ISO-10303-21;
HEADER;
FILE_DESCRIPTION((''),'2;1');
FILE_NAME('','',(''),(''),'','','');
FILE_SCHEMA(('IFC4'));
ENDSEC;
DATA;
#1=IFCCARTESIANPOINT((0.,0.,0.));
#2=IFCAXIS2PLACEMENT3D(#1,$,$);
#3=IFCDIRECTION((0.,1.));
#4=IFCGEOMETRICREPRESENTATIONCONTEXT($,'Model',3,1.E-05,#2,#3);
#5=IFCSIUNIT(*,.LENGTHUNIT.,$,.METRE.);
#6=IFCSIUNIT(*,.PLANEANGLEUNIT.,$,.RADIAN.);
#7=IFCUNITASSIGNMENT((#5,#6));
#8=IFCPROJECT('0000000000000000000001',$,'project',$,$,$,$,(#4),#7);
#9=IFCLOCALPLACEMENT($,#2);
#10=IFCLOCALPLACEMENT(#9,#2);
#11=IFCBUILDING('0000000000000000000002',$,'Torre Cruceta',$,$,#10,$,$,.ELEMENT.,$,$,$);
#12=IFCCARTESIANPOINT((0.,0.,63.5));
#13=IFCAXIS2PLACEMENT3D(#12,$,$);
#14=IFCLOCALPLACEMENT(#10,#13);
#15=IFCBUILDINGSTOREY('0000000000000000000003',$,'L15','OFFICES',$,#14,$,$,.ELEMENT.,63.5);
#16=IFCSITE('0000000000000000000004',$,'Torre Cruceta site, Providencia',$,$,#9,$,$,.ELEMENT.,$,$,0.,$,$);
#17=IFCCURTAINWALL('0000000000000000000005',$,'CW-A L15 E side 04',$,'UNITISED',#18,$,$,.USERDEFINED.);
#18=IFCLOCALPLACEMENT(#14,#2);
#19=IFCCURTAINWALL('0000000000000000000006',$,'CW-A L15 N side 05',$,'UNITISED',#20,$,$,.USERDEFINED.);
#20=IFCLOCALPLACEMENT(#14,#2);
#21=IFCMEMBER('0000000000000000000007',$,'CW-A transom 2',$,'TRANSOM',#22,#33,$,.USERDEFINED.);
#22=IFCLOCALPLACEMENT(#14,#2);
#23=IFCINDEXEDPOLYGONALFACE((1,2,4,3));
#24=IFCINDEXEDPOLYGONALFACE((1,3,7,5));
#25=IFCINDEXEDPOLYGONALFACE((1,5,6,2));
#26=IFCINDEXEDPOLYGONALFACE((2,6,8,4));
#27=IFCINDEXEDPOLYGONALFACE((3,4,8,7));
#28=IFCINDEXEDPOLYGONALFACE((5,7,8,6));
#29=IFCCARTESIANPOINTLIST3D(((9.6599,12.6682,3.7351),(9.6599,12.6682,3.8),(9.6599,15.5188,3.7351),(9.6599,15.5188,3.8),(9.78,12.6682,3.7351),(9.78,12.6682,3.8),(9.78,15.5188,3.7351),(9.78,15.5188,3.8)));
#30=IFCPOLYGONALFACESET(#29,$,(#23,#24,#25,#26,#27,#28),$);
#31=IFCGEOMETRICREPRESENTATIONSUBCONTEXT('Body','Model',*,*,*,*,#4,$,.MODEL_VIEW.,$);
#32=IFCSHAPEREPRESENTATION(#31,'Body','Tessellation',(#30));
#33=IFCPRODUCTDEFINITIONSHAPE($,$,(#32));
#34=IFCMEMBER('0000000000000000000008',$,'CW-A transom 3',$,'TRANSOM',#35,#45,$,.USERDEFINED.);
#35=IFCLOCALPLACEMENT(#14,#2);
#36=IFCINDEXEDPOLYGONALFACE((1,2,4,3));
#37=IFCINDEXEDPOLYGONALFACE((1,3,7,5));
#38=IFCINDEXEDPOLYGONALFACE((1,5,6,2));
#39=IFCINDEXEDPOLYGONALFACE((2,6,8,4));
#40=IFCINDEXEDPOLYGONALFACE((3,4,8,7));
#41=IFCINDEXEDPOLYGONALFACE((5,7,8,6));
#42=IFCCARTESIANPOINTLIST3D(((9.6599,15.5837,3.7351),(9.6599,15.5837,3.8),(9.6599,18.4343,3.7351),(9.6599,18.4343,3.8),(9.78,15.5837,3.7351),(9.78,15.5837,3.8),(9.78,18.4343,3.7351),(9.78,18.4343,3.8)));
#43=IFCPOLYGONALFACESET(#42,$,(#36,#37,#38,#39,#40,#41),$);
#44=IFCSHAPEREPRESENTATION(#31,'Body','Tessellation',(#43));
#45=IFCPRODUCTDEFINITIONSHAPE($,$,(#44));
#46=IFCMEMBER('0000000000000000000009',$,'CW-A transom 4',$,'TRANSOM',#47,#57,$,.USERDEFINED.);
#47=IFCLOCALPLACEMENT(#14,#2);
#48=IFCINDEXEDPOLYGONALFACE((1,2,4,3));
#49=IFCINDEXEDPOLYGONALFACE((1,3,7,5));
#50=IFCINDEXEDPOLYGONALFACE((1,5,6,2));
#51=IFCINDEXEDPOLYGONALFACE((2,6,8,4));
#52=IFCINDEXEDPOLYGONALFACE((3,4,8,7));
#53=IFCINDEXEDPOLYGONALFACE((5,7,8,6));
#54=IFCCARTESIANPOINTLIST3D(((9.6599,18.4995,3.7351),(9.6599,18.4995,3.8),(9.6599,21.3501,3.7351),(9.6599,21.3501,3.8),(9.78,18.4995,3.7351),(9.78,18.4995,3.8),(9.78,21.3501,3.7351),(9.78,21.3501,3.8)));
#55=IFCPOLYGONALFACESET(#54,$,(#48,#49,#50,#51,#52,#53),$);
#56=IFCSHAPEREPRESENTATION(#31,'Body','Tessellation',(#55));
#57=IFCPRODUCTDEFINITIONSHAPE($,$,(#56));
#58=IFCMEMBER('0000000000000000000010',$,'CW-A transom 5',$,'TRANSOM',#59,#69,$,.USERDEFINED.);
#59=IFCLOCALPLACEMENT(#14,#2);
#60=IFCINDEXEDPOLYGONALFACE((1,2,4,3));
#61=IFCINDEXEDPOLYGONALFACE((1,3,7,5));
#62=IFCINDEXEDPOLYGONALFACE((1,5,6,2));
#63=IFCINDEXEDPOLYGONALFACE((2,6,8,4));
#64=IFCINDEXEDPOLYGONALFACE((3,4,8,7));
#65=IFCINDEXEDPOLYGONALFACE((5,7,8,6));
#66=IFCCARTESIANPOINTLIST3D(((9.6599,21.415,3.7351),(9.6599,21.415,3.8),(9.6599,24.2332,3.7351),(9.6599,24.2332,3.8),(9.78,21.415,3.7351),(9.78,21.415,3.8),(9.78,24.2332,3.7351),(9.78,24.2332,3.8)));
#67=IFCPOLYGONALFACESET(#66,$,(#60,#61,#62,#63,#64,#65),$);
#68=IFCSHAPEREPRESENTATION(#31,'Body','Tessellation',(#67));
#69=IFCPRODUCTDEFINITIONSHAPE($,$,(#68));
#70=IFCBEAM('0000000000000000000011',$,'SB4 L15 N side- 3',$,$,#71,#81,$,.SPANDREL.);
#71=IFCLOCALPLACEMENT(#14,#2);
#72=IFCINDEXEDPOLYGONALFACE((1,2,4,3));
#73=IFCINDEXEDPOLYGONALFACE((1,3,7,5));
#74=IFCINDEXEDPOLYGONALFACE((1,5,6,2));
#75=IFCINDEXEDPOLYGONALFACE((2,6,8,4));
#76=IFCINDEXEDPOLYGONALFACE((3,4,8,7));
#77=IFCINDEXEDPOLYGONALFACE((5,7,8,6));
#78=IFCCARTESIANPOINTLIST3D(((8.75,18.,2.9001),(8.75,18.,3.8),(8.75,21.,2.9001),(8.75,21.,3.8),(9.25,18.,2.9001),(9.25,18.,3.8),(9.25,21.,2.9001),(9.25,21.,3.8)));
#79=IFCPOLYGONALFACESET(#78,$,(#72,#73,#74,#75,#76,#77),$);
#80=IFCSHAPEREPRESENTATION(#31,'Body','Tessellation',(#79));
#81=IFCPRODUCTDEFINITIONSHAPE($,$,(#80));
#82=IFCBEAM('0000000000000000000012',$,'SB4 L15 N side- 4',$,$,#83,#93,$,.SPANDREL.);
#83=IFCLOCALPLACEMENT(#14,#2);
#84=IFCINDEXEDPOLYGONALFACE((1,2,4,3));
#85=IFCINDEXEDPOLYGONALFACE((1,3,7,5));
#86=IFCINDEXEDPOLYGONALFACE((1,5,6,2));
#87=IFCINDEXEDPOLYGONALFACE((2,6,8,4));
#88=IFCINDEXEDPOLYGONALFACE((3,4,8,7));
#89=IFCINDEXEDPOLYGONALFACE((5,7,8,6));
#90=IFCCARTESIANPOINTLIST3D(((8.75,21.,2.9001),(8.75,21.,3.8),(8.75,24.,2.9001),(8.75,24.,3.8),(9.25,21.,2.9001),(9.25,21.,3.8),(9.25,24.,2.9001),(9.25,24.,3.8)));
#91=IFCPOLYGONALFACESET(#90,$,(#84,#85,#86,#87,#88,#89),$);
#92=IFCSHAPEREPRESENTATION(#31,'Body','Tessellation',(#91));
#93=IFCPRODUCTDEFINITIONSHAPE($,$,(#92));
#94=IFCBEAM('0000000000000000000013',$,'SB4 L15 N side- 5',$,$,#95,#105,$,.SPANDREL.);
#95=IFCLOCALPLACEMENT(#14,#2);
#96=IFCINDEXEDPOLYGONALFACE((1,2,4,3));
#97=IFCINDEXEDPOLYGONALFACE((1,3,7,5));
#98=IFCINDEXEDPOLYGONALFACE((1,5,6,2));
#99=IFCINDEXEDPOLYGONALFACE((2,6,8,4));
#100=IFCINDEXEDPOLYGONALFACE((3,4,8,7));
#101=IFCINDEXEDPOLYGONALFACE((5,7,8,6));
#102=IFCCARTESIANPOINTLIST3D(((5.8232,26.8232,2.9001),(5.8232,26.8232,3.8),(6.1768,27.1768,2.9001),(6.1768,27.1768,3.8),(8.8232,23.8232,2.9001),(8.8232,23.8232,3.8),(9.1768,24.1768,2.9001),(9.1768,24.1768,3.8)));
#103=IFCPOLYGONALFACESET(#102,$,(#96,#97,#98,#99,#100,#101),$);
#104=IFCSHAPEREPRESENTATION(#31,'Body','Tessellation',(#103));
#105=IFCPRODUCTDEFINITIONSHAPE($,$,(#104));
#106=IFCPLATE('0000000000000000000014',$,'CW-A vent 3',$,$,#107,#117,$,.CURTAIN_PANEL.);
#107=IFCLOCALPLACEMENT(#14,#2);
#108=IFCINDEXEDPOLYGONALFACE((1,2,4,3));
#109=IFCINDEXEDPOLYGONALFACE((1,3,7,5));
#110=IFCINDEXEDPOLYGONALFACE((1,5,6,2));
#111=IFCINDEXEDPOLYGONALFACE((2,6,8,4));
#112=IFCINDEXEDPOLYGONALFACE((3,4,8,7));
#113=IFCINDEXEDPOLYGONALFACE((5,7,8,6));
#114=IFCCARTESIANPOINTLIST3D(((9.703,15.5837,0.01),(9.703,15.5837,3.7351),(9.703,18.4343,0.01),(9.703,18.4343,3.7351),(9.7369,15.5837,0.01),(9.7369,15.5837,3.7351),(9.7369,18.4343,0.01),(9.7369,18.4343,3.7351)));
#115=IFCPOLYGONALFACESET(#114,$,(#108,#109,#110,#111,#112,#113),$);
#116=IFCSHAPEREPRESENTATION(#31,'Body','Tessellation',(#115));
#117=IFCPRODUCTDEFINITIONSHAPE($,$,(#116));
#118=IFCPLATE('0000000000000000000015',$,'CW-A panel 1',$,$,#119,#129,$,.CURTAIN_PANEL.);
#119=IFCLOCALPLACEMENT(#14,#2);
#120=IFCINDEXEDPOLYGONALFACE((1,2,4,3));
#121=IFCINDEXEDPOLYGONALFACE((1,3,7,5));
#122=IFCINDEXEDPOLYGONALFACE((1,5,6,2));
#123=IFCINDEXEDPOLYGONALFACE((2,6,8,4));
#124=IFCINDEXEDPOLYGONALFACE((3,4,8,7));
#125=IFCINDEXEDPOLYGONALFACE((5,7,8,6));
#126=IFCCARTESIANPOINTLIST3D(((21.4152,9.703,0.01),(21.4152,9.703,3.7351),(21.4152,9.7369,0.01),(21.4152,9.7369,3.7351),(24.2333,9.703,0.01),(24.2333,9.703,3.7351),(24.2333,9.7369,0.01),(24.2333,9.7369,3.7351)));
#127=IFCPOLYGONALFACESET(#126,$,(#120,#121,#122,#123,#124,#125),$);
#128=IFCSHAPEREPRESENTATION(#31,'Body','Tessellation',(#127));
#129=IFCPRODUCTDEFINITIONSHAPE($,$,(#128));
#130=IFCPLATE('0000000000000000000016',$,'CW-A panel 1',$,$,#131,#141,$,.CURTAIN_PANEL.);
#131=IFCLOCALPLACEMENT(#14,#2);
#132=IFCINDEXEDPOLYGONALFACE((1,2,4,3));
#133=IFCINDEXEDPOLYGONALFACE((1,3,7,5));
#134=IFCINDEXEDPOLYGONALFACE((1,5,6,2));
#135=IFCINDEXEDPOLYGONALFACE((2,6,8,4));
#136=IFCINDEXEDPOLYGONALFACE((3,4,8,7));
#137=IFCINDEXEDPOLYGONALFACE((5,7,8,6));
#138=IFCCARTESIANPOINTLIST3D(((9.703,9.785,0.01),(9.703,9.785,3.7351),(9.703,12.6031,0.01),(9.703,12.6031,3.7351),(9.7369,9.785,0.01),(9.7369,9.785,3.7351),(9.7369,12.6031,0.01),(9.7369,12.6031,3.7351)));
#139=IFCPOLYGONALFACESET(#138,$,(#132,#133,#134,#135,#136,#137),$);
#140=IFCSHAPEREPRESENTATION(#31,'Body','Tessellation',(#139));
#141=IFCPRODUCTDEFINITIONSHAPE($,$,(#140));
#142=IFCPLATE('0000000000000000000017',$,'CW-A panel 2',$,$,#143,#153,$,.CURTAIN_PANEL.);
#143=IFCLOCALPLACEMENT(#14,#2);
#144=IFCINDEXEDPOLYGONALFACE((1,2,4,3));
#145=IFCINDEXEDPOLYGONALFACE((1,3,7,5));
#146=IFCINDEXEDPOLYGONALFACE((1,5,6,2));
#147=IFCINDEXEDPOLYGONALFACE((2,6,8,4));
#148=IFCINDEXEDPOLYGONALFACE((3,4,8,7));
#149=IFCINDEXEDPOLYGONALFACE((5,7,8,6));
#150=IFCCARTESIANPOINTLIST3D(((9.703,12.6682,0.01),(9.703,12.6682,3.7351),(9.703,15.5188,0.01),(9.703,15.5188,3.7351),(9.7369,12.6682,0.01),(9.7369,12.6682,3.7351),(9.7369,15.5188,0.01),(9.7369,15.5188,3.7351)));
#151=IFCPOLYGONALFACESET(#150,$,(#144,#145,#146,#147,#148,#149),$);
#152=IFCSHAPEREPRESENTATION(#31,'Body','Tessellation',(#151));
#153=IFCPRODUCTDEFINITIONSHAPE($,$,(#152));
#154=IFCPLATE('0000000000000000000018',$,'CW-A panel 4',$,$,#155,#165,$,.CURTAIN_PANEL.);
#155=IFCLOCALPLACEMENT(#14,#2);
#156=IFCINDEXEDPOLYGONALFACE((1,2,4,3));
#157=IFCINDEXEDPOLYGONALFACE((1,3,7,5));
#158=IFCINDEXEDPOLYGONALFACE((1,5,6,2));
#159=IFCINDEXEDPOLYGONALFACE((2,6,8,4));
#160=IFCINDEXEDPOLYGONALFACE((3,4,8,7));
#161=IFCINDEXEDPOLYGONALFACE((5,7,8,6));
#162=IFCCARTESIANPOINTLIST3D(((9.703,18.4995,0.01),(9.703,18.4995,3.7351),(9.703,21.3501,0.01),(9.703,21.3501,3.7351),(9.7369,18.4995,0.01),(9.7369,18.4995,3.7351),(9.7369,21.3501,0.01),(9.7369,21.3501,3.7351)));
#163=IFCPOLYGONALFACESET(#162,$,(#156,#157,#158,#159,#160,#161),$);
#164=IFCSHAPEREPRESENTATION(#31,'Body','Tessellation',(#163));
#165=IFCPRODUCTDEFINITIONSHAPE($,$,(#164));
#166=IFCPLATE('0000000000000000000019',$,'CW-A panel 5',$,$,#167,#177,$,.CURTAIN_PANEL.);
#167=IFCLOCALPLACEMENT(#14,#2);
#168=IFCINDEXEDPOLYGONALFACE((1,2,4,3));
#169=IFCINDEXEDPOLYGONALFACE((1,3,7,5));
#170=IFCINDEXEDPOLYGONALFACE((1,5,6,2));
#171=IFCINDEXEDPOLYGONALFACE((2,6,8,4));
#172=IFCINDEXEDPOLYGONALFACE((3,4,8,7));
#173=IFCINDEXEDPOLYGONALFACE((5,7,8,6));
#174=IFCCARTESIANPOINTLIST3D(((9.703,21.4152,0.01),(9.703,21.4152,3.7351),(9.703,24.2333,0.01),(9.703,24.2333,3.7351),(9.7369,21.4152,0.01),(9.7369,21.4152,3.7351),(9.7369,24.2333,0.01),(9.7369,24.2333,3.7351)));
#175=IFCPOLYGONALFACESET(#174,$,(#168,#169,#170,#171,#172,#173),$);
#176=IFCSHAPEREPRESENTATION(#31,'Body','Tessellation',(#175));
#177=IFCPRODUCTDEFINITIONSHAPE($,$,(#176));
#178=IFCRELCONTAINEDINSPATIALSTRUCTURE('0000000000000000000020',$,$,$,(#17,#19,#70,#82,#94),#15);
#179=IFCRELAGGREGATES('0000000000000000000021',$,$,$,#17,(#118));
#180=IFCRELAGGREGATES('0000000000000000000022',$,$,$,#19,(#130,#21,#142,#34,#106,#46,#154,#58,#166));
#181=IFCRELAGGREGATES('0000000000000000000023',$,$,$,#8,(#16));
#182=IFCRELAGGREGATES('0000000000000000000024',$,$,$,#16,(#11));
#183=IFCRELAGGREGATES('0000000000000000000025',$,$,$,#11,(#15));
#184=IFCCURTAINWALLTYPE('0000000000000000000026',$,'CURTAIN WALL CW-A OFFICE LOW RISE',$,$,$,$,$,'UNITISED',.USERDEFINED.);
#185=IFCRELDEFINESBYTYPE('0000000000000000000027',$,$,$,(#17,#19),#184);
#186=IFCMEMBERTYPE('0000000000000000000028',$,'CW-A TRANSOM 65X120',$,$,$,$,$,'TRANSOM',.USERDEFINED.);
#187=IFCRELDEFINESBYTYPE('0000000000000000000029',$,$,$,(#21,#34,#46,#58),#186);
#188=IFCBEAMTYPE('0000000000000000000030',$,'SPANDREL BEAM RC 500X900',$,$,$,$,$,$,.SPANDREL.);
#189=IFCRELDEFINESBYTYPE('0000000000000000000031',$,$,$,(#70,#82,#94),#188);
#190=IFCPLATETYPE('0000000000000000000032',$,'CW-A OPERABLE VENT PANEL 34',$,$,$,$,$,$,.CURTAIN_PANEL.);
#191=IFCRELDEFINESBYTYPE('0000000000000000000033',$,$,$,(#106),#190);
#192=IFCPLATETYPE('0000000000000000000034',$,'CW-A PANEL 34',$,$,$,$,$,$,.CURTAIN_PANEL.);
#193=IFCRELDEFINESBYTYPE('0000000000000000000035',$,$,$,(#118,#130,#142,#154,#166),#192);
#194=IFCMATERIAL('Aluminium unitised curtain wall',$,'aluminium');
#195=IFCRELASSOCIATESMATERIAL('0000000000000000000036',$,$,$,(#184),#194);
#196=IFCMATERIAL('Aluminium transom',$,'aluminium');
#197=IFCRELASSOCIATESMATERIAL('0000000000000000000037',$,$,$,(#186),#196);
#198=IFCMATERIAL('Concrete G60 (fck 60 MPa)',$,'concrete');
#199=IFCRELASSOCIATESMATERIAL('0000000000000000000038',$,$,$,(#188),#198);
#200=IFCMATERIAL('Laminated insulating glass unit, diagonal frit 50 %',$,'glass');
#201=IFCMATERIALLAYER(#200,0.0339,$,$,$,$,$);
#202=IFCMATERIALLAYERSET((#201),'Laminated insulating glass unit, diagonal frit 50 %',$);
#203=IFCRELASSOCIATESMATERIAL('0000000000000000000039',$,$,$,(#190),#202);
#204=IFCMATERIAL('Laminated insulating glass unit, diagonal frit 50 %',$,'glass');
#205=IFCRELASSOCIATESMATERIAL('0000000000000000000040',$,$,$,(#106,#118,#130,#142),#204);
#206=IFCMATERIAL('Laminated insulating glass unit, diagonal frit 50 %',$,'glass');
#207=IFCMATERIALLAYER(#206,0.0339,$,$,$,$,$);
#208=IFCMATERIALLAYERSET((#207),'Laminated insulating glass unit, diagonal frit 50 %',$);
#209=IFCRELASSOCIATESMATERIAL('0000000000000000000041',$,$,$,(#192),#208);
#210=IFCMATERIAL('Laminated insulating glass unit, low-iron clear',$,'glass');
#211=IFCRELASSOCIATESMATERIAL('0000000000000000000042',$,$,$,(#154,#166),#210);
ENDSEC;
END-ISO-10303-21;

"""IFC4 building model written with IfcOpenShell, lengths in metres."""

from ifc_helpers import new_model, si_unit, direction, frame, origin, origin_2d, place, context, subcontext, project, spatial, rectangle, extrude, material, layer, layer_set, material_profile, profile_set, type_object, element, aggregate, save


model = new_model("IFC4")

# Units and contexts
model_context = context("Model", 3, precision=1e-05, world=origin(), true_north=direction((0.0, 1.0)))
body_context = subcontext(model_context, "Body", "Model", "MODEL_VIEW")
ifc_project = project(units=[si_unit("LENGTHUNIT", "METRE"), si_unit("PLANEANGLEUNIT", "RADIAN")], contexts=[model_context])

# Site, building, storey
site_placement = place(None, origin())
site = spatial("IfcSite", under=ifc_project, at=site_placement, Name="Torre Cruceta site, Providencia", CompositionType="ELEMENT", RefElevation=0.0)
building_placement = place(site_placement, origin())
building = spatial("IfcBuilding", under=site, at=building_placement, Name="Torre Cruceta", CompositionType="ELEMENT")
storey_placement = place(building_placement, frame((0.0, 0.0, 63.5)))
storey = spatial("IfcBuildingStorey", under=building, at=storey_placement, Name="L15", Description="OFFICES", CompositionType="ELEMENT", Elevation=63.5)

# Curtain walls
ifc_material_1 = material(Name="Aluminium unitised curtain wall", Category="aluminium")
curtain_wall_type = type_object("IfcCurtainWallType", Name="CURTAIN WALL CW-A OFFICE LOW RISE", ElementType="UNITISED", PredefinedType="USERDEFINED", material=ifc_material_1)
curtain_wall_1_placement = place(storey_placement, origin())
curtain_wall_1 = element("IfcCurtainWall", 1, at=curtain_wall_1_placement, inside=storey, type_object=curtain_wall_type, Name="CW-A L15 E side 04", ObjectType="UNITISED", PredefinedType="USERDEFINED")
curtain_wall_2_placement = place(storey_placement, origin())
curtain_wall_2 = element("IfcCurtainWall", 2, at=curtain_wall_2_placement, inside=storey, type_object=curtain_wall_type, Name="CW-A L15 N side 05", ObjectType="UNITISED", PredefinedType="USERDEFINED")

# Members
ifc_material_2 = material(Name="Aluminium transom", Category="aluminium")
ifc_material_profile_1 = material_profile(ifc_material_2, rectangle(XDim=0.1201, YDim=0.0649, at=origin_2d()), Name="AL 120X65")
ifc_profile_set_1 = profile_set([ifc_material_profile_1], Name="Aluminium transom")
member_type_1 = type_object("IfcMemberType", Name="CW-A TRANSOM 65X120", ElementType="TRANSOM", PredefinedType="USERDEFINED", material=ifc_profile_set_1)
member_1_placement = place(storey_placement, frame((9.72, 12.6682, 3.7676), z_axis=(0.0, 1.0, 0.0), x_axis=(-1.0, 0.0, 0.0)))
member_1 = element("IfcMember", 3, at=member_1_placement, type_object=member_type_1, Name="CW-A transom 2", ObjectType="TRANSOM", PredefinedType="USERDEFINED", context=body_context, shape_type="SweptSolid", body=[
    extrude(rectangle(XDim=0.1201, YDim=0.0649, at=origin_2d()), origin(), (0.0, 0.0, 1.0), 2.8506),
])
member_2_placement = place(storey_placement, frame((9.72, 15.5837, 3.7676), z_axis=(0.0, 1.0, 0.0), x_axis=(-1.0, 0.0, 0.0)))
member_2 = element("IfcMember", 4, at=member_2_placement, type_object=member_type_1, Name="CW-A transom 3", ObjectType="TRANSOM", PredefinedType="USERDEFINED", context=body_context, shape_type="SweptSolid", body=[
    extrude(rectangle(XDim=0.1201, YDim=0.0649, at=origin_2d()), origin(), (0.0, 0.0, 1.0), 2.8506),
])
member_3_placement = place(storey_placement, frame((9.72, 18.4995, 3.7676), z_axis=(0.0, 1.0, 0.0), x_axis=(-1.0, 0.0, 0.0)))
member_3 = element("IfcMember", 5, at=member_3_placement, type_object=member_type_1, Name="CW-A transom 4", ObjectType="TRANSOM", PredefinedType="USERDEFINED", context=body_context, shape_type="SweptSolid", body=[
    extrude(rectangle(XDim=0.1201, YDim=0.0649, at=origin_2d()), origin(), (0.0, 0.0, 1.0), 2.8506),
])
member_4_placement = place(storey_placement, frame((9.72, 21.415, 3.7676), z_axis=(0.0, 1.0, 0.0), x_axis=(-1.0, 0.0, 0.0)))
member_4 = element("IfcMember", 6, at=member_4_placement, type_object=member_type_1, Name="CW-A transom 5", ObjectType="TRANSOM", PredefinedType="USERDEFINED", context=body_context, shape_type="SweptSolid", body=[
    extrude(rectangle(XDim=0.1201, YDim=0.0649, at=origin_2d()), origin(), (0.0, 0.0, 1.0), 2.8181),
])

# Beams
ifc_material_3 = material(Name="Concrete G60 (fck 60 MPa)", Category="concrete")
ifc_material_profile_2 = material_profile(ifc_material_3, rectangle(XDim=0.5, YDim=0.8999, at=origin_2d()), Name="RC 500X900")
ifc_profile_set_2 = profile_set([ifc_material_profile_2], Name="Concrete G60 (fck 60 MPa)")
beam_type_1 = type_object("IfcBeamType", Name="SPANDREL BEAM RC 500X900", PredefinedType="SPANDREL", material=ifc_profile_set_2)
for number, where, z_axis, x_axis, name in (
    (7, (9.0, 18.0, 3.3501), (0.0, 1.0, 0.0), (-1.0, 0.0, 0.0), "SB4 L15 N side- 3"),
    (8, (9.0, 21.0, 3.3501), (0.0, 1.0, 0.0), (-1.0, 0.0, 0.0), "SB4 L15 N side- 4"),
):
    element("IfcBeam", number, at=place(storey_placement, frame(where, z_axis=z_axis, x_axis=x_axis)), inside=storey, type_object=beam_type_1, Name=name, PredefinedType="SPANDREL", context=body_context, shape_type="SweptSolid", body=[
        extrude(rectangle(XDim=0.5, YDim=0.8999, at=origin_2d()), origin(), (0.0, 0.0, 1.0), 3.0),
    ])
beam_placement = place(storey_placement, frame((9.0, 24.0, 3.3501), z_axis=(-0.707107, 0.707107, 0.0), x_axis=(-0.707107, -0.707107, 0.0)))
element("IfcBeam", 9, at=beam_placement, inside=storey, type_object=beam_type_1, Name="SB4 L15 N side- 5", PredefinedType="SPANDREL", context=body_context, shape_type="SweptSolid", body=[
    extrude(rectangle(XDim=0.5, YDim=0.8999, at=origin_2d()), origin(), (0.0, 0.0, 1.0), 4.2427),
])

# Plates
ifc_material_4 = material(Name="Laminated insulating glass unit, diagonal frit 50 %", Category="glass")
ifc_material_5 = material(Name="Laminated insulating glass unit, diagonal frit 50 %", Category="glass")
ifc_layer_1 = layer(ifc_material_5, 0.0339)
ifc_layer_set_1 = layer_set([ifc_layer_1], Name="Laminated insulating glass unit, diagonal frit 50 %")
plate_type_1 = type_object("IfcPlateType", Name="CW-A OPERABLE VENT PANEL 34", PredefinedType="CURTAIN_PANEL", material=ifc_layer_set_1)
plate_1_placement = place(storey_placement, frame((9.72, 17.009, 0.01), z_axis=(0.0, 0.0, 1.0), x_axis=(0.0, 1.0, 0.0)))
plate_1 = element("IfcPlate", 10, at=plate_1_placement, type_object=plate_type_1, material=ifc_material_4, Name="CW-A vent 3", PredefinedType="CURTAIN_PANEL", context=body_context, shape_type="SweptSolid", body=[
    extrude(rectangle(XDim=2.8506, YDim=0.0339, at=origin_2d()), origin(), (0.0, 0.0, 1.0), 3.7251),
])
ifc_material_6 = material(Name="Laminated insulating glass unit, diagonal frit 50 %", Category="glass")
ifc_layer_2 = layer(ifc_material_6, 0.0339)
ifc_layer_set_2 = layer_set([ifc_layer_2], Name="Laminated insulating glass unit, diagonal frit 50 %")
plate_type_2 = type_object("IfcPlateType", Name="CW-A PANEL 34", PredefinedType="CURTAIN_PANEL", material=ifc_layer_set_2)
plate_2_placement = place(storey_placement, frame((22.8242, 9.72, 0.01), z_axis=(0.0, 0.0, 1.0), x_axis=(-1.0, 0.0, 0.0)))
plate_2 = element("IfcPlate", 11, at=plate_2_placement, type_object=plate_type_2, material=ifc_material_4, Name="CW-A panel 1", PredefinedType="CURTAIN_PANEL", context=body_context, shape_type="SweptSolid", body=[
    extrude(rectangle(XDim=2.8181, YDim=0.0339, at=origin_2d()), origin(), (0.0, 0.0, 1.0), 3.7251),
])
aggregate(curtain_wall_1, [plate_2])
plate_3_placement = place(storey_placement, frame((9.72, 11.1941, 0.01), z_axis=(0.0, 0.0, 1.0), x_axis=(0.0, 1.0, 0.0)))
plate_3 = element("IfcPlate", 12, at=plate_3_placement, type_object=plate_type_2, material=ifc_material_4, Name="CW-A panel 1", PredefinedType="CURTAIN_PANEL", context=body_context, shape_type="SweptSolid", body=[
    extrude(rectangle(XDim=2.8181, YDim=0.0339, at=origin_2d()), origin(), (0.0, 0.0, 1.0), 3.7251),
])
plate_4_placement = place(storey_placement, frame((9.72, 14.0935, 0.01), z_axis=(0.0, 0.0, 1.0), x_axis=(0.0, 1.0, 0.0)))
plate_4 = element("IfcPlate", 13, at=plate_4_placement, type_object=plate_type_2, material=ifc_material_4, Name="CW-A panel 2", PredefinedType="CURTAIN_PANEL", context=body_context, shape_type="SweptSolid", body=[
    extrude(rectangle(XDim=2.8506, YDim=0.0339, at=origin_2d()), origin(), (0.0, 0.0, 1.0), 3.7251),
])
ifc_material_7 = material(Name="Laminated insulating glass unit, low-iron clear", Category="glass")
plate_5_placement = place(storey_placement, frame((9.72, 19.9248, 0.01), z_axis=(0.0, 0.0, 1.0), x_axis=(0.0, 1.0, 0.0)))
plate_5 = element("IfcPlate", 14, at=plate_5_placement, type_object=plate_type_2, material=ifc_material_7, Name="CW-A panel 4", PredefinedType="CURTAIN_PANEL", context=body_context, shape_type="SweptSolid", body=[
    extrude(rectangle(XDim=2.8506, YDim=0.0339, at=origin_2d()), origin(), (0.0, 0.0, 1.0), 3.7251),
])
plate_6_placement = place(storey_placement, frame((9.72, 22.8242, 0.01), z_axis=(0.0, 0.0, 1.0), x_axis=(0.0, 1.0, 0.0)))
plate_6 = element("IfcPlate", 15, at=plate_6_placement, type_object=plate_type_2, material=ifc_material_7, Name="CW-A panel 5", PredefinedType="CURTAIN_PANEL", context=body_context, shape_type="SweptSolid", body=[
    extrude(rectangle(XDim=2.8181, YDim=0.0339, at=origin_2d()), origin(), (0.0, 0.0, 1.0), 3.7251),
])
aggregate(curtain_wall_2, [plate_3, member_1, plate_4, member_2, plate_1, member_3, plate_5, member_4, plate_6])

save(model, "model.ifc")
